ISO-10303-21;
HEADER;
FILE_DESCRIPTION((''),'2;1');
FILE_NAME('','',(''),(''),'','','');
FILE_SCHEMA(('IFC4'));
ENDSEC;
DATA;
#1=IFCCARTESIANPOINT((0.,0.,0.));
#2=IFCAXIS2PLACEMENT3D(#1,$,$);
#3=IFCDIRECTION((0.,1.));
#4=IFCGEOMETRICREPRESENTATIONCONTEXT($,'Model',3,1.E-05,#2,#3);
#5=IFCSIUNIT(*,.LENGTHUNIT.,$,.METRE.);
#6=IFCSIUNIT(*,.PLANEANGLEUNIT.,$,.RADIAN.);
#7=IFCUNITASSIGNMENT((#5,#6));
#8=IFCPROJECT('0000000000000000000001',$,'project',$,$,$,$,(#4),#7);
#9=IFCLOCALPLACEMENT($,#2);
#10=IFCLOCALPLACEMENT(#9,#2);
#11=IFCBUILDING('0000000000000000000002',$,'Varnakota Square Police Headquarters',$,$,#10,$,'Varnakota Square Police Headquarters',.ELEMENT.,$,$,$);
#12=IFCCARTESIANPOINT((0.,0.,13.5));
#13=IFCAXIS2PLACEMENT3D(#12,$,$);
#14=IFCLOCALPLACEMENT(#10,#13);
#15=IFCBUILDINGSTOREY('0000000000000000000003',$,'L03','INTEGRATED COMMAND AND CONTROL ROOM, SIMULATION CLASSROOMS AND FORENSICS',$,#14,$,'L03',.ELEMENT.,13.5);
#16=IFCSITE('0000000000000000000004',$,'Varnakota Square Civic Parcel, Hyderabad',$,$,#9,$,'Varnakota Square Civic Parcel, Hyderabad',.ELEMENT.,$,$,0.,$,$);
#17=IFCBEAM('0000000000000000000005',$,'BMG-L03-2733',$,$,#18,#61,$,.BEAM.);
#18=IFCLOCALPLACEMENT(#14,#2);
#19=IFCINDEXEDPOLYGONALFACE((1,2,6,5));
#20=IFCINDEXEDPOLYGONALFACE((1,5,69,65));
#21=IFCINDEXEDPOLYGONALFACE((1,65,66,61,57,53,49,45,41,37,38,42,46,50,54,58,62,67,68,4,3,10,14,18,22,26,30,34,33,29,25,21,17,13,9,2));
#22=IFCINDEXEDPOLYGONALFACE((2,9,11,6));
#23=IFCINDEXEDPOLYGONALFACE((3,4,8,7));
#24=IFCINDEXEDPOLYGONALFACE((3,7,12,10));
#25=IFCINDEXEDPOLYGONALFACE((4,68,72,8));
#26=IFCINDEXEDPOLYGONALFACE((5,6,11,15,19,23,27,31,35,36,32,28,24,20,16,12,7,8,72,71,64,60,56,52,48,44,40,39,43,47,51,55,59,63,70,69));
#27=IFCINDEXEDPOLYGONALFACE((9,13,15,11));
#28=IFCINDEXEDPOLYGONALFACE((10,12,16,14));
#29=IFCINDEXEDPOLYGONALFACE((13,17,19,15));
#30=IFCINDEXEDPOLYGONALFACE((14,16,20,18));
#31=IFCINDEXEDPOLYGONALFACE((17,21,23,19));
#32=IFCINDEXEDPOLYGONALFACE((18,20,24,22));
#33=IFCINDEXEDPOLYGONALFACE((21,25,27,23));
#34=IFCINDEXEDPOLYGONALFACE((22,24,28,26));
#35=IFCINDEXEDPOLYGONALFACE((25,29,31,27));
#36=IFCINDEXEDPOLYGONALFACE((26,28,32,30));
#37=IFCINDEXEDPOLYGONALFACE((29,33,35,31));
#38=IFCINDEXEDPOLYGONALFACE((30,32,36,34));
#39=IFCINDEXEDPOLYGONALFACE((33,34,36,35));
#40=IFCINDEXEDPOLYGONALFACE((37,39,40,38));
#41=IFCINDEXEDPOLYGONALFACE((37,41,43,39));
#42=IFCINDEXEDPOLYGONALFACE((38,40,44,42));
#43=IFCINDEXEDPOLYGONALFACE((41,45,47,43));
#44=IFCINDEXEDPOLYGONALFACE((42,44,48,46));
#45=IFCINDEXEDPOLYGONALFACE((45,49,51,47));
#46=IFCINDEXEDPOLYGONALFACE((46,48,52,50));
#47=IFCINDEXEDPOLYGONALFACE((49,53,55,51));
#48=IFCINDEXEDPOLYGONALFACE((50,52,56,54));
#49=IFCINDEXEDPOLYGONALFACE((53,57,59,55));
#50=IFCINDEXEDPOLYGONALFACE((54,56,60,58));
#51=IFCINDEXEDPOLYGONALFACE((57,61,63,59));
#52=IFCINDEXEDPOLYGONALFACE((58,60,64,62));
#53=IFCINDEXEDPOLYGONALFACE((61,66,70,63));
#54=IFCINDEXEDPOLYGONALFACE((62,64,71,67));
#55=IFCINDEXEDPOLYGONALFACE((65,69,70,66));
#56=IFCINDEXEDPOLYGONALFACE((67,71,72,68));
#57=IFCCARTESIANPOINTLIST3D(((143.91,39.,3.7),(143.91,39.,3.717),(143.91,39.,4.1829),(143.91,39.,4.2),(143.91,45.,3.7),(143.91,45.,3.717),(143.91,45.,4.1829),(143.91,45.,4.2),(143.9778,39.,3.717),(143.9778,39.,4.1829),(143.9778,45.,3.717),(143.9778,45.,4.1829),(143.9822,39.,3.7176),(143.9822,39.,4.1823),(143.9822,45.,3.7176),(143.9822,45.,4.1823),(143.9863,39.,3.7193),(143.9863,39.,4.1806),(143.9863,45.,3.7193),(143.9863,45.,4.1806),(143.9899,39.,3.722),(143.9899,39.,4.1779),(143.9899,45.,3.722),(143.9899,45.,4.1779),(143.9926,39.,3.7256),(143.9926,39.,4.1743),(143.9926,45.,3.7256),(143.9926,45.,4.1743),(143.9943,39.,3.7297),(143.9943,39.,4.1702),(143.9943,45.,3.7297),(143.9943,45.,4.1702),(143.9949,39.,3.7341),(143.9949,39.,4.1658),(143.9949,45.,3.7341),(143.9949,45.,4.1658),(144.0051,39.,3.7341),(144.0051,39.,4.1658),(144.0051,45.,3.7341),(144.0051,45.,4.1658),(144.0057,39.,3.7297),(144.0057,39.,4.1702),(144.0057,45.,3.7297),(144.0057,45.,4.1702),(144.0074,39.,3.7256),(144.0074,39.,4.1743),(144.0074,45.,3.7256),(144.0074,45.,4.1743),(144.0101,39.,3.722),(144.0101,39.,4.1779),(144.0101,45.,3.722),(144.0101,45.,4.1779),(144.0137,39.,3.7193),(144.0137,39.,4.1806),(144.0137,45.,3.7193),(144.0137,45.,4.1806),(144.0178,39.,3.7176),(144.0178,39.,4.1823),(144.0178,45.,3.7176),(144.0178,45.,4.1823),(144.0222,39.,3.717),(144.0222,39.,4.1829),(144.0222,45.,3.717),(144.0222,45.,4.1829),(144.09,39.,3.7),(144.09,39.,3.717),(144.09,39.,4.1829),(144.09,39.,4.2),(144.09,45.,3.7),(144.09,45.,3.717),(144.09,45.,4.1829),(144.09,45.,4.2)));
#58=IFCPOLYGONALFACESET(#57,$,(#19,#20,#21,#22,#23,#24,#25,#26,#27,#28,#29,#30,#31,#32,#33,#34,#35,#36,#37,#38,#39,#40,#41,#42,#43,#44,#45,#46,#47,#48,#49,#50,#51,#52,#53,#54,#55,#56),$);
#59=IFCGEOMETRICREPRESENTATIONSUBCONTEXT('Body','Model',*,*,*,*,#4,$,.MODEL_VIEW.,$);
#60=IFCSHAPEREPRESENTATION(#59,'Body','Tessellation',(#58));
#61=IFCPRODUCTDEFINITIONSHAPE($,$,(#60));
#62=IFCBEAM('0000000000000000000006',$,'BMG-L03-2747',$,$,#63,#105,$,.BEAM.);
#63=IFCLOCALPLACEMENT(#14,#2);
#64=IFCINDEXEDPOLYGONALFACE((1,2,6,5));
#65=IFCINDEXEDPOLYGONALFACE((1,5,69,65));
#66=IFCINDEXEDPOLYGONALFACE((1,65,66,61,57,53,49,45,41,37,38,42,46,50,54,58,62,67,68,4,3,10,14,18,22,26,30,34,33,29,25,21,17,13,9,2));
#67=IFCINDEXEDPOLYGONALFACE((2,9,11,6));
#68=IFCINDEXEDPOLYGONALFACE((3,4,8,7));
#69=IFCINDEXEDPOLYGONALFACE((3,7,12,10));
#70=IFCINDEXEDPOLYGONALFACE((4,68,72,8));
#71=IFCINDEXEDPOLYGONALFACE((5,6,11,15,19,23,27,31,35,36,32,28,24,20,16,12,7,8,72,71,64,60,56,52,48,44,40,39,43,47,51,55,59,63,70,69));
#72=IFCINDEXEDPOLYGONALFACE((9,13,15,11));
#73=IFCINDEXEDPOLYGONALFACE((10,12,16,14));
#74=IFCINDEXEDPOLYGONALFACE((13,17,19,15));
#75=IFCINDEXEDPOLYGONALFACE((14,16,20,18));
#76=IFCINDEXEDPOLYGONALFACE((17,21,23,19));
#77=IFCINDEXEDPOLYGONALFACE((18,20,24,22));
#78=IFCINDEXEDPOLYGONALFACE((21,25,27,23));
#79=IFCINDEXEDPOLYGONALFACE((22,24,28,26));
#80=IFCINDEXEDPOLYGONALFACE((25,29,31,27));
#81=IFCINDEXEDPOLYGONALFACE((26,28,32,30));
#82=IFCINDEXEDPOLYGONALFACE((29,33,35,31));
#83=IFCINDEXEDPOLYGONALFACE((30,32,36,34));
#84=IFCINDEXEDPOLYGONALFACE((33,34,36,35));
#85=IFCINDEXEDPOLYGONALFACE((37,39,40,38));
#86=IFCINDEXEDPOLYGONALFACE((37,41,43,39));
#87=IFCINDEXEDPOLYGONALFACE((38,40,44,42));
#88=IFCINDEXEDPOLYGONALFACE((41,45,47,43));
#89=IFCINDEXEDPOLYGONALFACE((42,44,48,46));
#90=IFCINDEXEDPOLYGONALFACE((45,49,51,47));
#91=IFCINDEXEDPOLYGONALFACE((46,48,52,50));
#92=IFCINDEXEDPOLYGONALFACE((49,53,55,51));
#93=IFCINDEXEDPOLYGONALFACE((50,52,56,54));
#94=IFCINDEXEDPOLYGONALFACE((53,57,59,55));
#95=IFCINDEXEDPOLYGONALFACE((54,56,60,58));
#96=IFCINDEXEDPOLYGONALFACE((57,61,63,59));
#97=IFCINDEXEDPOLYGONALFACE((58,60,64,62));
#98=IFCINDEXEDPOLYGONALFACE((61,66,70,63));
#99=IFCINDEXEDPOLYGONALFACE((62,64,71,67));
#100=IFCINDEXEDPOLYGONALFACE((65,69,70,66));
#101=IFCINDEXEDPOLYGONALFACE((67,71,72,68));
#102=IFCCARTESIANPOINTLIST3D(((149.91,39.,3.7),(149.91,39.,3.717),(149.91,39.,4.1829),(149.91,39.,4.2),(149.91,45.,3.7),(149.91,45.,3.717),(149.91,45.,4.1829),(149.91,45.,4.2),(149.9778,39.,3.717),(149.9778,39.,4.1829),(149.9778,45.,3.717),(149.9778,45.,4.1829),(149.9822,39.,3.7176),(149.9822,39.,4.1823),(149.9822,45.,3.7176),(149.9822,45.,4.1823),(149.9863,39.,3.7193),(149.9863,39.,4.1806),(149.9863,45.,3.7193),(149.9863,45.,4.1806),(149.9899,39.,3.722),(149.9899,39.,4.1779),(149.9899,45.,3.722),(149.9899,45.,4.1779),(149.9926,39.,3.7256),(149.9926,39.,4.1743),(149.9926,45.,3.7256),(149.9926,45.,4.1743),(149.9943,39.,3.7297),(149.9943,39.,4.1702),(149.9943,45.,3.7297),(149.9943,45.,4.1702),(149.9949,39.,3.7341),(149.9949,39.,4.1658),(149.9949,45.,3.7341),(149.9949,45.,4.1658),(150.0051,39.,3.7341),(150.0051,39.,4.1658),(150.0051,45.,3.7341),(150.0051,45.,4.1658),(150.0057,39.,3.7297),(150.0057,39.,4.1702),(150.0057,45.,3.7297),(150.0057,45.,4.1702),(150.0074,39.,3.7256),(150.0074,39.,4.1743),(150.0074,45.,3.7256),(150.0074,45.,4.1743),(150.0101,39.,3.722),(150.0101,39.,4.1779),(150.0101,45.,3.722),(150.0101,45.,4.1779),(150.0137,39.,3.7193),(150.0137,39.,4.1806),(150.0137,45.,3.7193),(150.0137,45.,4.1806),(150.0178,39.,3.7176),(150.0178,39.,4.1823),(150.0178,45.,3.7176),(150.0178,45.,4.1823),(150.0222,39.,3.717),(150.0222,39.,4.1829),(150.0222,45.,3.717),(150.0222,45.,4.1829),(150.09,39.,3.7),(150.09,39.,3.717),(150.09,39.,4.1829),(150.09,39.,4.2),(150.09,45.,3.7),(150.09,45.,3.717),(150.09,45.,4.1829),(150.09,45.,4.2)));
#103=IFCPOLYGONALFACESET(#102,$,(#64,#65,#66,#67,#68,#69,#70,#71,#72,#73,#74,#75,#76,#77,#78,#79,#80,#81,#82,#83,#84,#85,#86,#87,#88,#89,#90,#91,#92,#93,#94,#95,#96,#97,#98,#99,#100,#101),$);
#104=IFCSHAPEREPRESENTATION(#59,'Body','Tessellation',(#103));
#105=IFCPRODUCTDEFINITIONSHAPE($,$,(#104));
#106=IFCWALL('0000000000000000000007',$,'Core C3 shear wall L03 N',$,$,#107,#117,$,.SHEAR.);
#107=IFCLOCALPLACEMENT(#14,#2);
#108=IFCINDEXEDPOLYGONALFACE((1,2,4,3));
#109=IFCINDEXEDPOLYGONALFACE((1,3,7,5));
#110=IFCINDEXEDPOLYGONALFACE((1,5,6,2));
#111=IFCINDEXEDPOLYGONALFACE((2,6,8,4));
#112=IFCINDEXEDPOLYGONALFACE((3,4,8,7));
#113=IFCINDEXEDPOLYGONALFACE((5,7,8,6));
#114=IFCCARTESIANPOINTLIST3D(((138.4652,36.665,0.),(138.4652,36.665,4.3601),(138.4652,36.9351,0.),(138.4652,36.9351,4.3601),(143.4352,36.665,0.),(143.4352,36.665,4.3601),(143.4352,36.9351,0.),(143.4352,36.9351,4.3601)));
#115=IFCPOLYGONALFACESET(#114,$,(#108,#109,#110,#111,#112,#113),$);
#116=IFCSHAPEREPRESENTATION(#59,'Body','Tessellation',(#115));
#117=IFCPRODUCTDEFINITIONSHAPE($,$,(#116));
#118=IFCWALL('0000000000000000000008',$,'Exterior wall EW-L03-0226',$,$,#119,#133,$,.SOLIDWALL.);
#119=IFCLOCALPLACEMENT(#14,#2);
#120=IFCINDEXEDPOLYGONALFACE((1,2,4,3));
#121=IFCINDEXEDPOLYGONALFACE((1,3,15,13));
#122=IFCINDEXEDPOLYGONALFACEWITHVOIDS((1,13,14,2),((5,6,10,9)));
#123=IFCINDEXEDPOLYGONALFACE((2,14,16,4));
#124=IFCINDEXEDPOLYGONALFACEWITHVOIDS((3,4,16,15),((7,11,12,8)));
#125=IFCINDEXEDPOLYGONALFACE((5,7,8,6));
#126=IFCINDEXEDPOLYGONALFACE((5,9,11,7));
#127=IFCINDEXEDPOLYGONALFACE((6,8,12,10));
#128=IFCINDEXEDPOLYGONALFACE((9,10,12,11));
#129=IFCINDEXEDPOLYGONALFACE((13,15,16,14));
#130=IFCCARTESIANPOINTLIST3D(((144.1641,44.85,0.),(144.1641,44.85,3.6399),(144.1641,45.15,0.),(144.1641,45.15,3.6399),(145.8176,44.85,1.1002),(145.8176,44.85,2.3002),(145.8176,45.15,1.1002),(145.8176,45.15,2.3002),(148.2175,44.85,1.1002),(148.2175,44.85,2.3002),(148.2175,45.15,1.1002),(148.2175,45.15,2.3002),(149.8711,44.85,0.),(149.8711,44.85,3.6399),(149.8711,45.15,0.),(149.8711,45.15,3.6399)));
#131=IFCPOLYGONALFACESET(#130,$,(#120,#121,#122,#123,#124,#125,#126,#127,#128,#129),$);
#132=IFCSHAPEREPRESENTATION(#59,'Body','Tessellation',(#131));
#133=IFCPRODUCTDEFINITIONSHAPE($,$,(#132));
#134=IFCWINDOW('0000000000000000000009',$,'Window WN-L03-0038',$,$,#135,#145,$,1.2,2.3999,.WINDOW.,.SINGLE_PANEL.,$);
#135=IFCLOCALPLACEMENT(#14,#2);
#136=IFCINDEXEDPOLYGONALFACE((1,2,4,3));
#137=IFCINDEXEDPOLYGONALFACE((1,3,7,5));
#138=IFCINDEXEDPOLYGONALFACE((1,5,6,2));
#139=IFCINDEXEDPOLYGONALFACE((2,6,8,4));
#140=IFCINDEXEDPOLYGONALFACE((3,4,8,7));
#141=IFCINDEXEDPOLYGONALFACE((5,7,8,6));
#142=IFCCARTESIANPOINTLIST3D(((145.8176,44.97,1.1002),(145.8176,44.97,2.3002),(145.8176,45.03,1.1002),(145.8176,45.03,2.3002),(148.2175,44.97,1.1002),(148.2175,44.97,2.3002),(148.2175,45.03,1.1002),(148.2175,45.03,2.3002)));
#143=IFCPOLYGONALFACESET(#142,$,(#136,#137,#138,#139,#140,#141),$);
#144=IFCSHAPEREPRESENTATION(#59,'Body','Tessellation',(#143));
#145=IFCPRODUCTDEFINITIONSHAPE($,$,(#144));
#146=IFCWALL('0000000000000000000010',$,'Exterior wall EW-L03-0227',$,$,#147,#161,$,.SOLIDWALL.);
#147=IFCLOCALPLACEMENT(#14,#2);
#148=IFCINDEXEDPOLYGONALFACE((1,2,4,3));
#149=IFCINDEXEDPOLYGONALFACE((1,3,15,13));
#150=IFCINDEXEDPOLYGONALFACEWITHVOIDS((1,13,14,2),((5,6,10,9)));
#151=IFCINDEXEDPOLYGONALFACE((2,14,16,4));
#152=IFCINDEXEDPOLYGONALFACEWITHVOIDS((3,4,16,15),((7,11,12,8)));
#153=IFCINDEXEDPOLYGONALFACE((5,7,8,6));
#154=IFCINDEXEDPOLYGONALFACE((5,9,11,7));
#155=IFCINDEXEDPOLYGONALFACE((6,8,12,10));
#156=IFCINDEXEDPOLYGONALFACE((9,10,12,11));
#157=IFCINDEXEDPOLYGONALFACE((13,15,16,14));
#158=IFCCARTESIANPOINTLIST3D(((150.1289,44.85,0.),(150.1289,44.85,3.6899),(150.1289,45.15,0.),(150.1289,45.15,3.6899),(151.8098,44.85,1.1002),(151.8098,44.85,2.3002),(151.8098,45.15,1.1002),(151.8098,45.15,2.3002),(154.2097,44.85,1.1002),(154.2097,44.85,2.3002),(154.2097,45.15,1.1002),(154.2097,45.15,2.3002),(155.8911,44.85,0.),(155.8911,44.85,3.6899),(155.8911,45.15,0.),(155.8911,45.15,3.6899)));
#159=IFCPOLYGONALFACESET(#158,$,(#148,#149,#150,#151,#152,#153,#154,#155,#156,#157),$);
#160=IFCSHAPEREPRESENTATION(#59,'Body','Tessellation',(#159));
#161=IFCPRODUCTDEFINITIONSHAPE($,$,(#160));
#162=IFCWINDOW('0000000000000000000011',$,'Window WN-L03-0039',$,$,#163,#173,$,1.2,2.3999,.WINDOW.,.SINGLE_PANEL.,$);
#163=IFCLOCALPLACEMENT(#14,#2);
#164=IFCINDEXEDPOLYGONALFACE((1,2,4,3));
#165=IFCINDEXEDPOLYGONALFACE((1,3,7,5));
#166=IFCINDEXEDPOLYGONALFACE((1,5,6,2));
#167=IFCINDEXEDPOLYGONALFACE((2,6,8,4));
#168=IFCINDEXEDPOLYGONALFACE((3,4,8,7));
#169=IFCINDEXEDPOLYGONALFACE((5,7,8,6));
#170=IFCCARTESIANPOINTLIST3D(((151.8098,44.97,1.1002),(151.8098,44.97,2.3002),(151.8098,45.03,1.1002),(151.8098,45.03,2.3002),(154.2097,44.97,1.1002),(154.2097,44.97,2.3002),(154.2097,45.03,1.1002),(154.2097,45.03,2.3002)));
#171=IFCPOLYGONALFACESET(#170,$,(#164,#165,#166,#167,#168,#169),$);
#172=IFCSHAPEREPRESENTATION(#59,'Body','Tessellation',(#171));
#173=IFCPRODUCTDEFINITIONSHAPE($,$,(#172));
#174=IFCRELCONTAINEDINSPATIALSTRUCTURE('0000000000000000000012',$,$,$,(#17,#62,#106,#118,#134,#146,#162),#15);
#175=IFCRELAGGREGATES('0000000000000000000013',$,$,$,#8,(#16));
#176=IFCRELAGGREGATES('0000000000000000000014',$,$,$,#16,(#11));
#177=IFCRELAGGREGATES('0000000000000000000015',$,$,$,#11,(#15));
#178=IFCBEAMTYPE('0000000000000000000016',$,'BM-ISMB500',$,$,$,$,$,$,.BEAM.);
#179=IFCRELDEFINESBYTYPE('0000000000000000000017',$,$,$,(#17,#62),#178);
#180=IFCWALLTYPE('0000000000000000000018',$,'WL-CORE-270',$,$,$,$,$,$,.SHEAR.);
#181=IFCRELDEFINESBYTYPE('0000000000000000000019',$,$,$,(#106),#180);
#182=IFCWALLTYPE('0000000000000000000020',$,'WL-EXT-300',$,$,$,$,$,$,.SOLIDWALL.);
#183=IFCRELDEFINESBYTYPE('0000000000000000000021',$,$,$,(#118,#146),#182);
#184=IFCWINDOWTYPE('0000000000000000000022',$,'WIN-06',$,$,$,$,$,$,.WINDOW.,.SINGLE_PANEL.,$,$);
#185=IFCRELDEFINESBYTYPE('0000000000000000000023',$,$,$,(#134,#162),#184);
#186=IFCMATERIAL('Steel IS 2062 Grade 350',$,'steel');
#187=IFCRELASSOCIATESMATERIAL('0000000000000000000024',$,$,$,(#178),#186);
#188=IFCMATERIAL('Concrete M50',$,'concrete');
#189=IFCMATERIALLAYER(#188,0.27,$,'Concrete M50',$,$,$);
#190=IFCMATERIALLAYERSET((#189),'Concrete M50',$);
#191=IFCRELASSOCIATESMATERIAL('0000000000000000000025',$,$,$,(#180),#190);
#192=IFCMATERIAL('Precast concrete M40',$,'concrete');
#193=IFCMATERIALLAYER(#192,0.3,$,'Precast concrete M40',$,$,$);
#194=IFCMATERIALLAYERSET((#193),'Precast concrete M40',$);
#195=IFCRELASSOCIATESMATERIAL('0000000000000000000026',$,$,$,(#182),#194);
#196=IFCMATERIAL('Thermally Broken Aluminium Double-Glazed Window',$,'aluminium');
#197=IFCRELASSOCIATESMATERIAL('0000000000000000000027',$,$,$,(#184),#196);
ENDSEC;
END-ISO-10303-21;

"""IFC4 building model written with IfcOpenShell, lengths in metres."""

from ifc_helpers import new_model, si_unit, direction, frame, frame_2d, origin, origin_2d, place, context, subcontext, project, spatial, rectangle, i_section, extrude, material, layer, layer_set, material_profile, profile_set, type_object, element, fill, save


model = new_model("IFC4")

# Units and contexts
model_context = context("Model", 3, precision=1e-05, world=origin(), true_north=direction((0.0, 1.0)))
body_context = subcontext(model_context, "Body", "Model", "MODEL_VIEW")
ifc_project = project(units=[si_unit("LENGTHUNIT", "METRE"), si_unit("PLANEANGLEUNIT", "RADIAN")], contexts=[model_context])

# Site, building, storey
site_placement = place(None, origin())
site = spatial("IfcSite", under=ifc_project, at=site_placement, Name="Varnakota Square Civic Parcel, Hyderabad", LongName="Varnakota Square Civic Parcel, Hyderabad", CompositionType="ELEMENT", RefElevation=0.0)
building_placement = place(site_placement, origin())
building = spatial("IfcBuilding", under=site, at=building_placement, Name="Varnakota Square Police Headquarters", LongName="Varnakota Square Police Headquarters", CompositionType="ELEMENT")
storey_placement = place(building_placement, frame((0.0, 0.0, 13.5)))
storey = spatial("IfcBuildingStorey", under=building, at=storey_placement, Name="L03", Description="INTEGRATED COMMAND AND CONTROL ROOM, SIMULATION CLASSROOMS AND FORENSICS", LongName="L03", CompositionType="ELEMENT", Elevation=13.5)

# Shared definitions
ifc_material_1 = material(Name="Steel IS 2062 Grade 350", Category="steel")

# Beams
ifc_material_profile_1 = material_profile(ifc_material_1, i_section(OverallWidth=0.1799, OverallDepth=0.5, WebThickness=0.0103, FlangeThickness=0.0171, FilletRadius=0.0171, at=origin_2d()), Name="ISMB 500")
ifc_profile_set_1 = profile_set([ifc_material_profile_1], Name="Steel IS 2062 Grade 350")
beam_type_1 = type_object("IfcBeamType", Name="BM-ISMB500", PredefinedType="BEAM", material=ifc_profile_set_1)
for number, where, z_axis, x_axis, name in (
    (1, (144.0, 39.0, 3.95), (0.0, 1.0, 0.0), (-1.0, 0.0, 0.0), "BMG-L03-2733"),
    (2, (150.0, 39.0, 3.95), (0.0, 1.0, 0.0), (-1.0, 0.0, 0.0), "BMG-L03-2747"),
):
    element("IfcBeam", number, at=place(storey_placement, frame(where, z_axis=z_axis, x_axis=x_axis)), inside=storey, type_object=beam_type_1, Name=name, PredefinedType="BEAM", context=body_context, shape_type="SweptSolid", body=[
        extrude(i_section(OverallWidth=0.1799, OverallDepth=0.5, WebThickness=0.0103, FlangeThickness=0.0171, FilletRadius=0.0171, at=origin_2d()), origin(), (0.0, 0.0, 1.0), 6.0),
    ])

# Wall
ifc_material_2 = material(Name="Concrete M50", Category="concrete")
ifc_layer_1 = layer(ifc_material_2, 0.27, Name="Concrete M50")
ifc_layer_set_1 = layer_set([ifc_layer_1], Name="Concrete M50")
wall_type_1 = type_object("IfcWallType", Name="WL-CORE-270", PredefinedType="SHEAR", material=ifc_layer_set_1)
wall_1_placement = place(storey_placement, frame((143.4351, 36.8, 0.0), z_axis=(0.0, 0.0, 1.0), x_axis=(-1.0, 0.0, 0.0)))
element("IfcWall", 3, at=wall_1_placement, inside=storey, type_object=wall_type_1, Name="Core C3 shear wall L03 N", PredefinedType="SHEAR", context=body_context, shape_type="SweptSolid", body=[
    extrude(rectangle(XDim=4.97, YDim=0.27, at=frame_2d((2.4849, 0.0))), origin(), (0.0, 0.0, 1.0), 4.3601),
])

# Walls, openings, windows
ifc_material_3 = material(Name="Precast concrete M40", Category="concrete")
ifc_layer_2 = layer(ifc_material_3, 0.3, Name="Precast concrete M40")
ifc_layer_set_2 = layer_set([ifc_layer_2], Name="Precast concrete M40")
wall_type_2 = type_object("IfcWallType", Name="WL-EXT-300", PredefinedType="SOLIDWALL", material=ifc_layer_set_2)
wall_2_placement = place(storey_placement, frame((144.1641, 45.0, 0.0), z_axis=(0.0, 0.0, 1.0), x_axis=(1.0, 0.0, 0.0)))
wall_2 = element("IfcWall", 4, at=wall_2_placement, inside=storey, type_object=wall_type_2, Name="Exterior wall EW-L03-0226", PredefinedType="SOLIDWALL", context=body_context, shape_type="SweptSolid", body=[
    extrude(rectangle(XDim=5.707, YDim=0.3, at=frame_2d((2.8535, 0.0))), origin(), (0.0, 0.0, 1.0), 3.6399),
])
opening_1_placement = place(wall_2_placement, frame((1.6536, 0.0, 1.1001)))
opening_1 = element("IfcOpeningElement", 5, at=opening_1_placement, cuts=wall_2, PredefinedType="OPENING", context=body_context, shape_type="SweptSolid", body=[
    extrude(rectangle(XDim=2.3999, YDim=1.2, at=frame_2d((1.2, 0.6001))), frame((0.0, 0.1599, 0.0), z_axis=(0.0, -1.0, 0.0), x_axis=(1.0, 0.0, 0.0)), (0.0, 0.0, 1.0), 0.3201),
])
ifc_material_4 = material(Name="Thermally Broken Aluminium Double-Glazed Window", Category="aluminium")
window_type = type_object("IfcWindowType", Name="WIN-06", PartitioningType="SINGLE_PANEL", PredefinedType="WINDOW", material=ifc_material_4)
window_1_placement = place(opening_1_placement, origin())
window_1 = element("IfcWindow", 6, at=window_1_placement, inside=storey, type_object=window_type, Name="Window WN-L03-0038", OverallHeight=1.2, OverallWidth=2.3999, PartitioningType="SINGLE_PANEL", PredefinedType="WINDOW", context=body_context, shape_type="SweptSolid", body=[
    extrude(rectangle(XDim=2.3999, YDim=1.2, at=frame_2d((1.2, 0.6001))), frame((0.0, 0.03, 0.0), z_axis=(0.0, -1.0, 0.0), x_axis=(1.0, 0.0, 0.0)), (0.0, 0.0, 1.0), 0.0601),
])
fill(opening_1, window_1)
wall_3_placement = place(storey_placement, frame((150.1289, 45.0, 0.0), z_axis=(0.0, 0.0, 1.0), x_axis=(1.0, 0.0, 0.0)))
wall_3 = element("IfcWall", 7, at=wall_3_placement, inside=storey, type_object=wall_type_2, Name="Exterior wall EW-L03-0227", PredefinedType="SOLIDWALL", context=body_context, shape_type="SweptSolid", body=[
    extrude(rectangle(XDim=5.7622, YDim=0.3, at=frame_2d((2.8811, 0.0))), origin(), (0.0, 0.0, 1.0), 3.6899),
])
opening_2_placement = place(wall_3_placement, frame((1.6809, 0.0, 1.1001)))
opening_2 = element("IfcOpeningElement", 8, at=opening_2_placement, cuts=wall_3, PredefinedType="OPENING", context=body_context, shape_type="SweptSolid", body=[
    extrude(rectangle(XDim=2.3999, YDim=1.2, at=frame_2d((1.2, 0.6001))), frame((0.0, 0.1599, 0.0), z_axis=(0.0, -1.0, 0.0), x_axis=(1.0, 0.0, 0.0)), (0.0, 0.0, 1.0), 0.3201),
])
window_2_placement = place(opening_2_placement, origin())
window_2 = element("IfcWindow", 9, at=window_2_placement, inside=storey, type_object=window_type, Name="Window WN-L03-0039", OverallHeight=1.2, OverallWidth=2.3999, PartitioningType="SINGLE_PANEL", PredefinedType="WINDOW", context=body_context, shape_type="SweptSolid", body=[
    extrude(rectangle(XDim=2.3999, YDim=1.2, at=frame_2d((1.2, 0.6001))), frame((0.0, 0.03, 0.0), z_axis=(0.0, -1.0, 0.0), x_axis=(1.0, 0.0, 0.0)), (0.0, 0.0, 1.0), 0.0601),
])
fill(opening_2, window_2)

save(model, "model.ifc")
